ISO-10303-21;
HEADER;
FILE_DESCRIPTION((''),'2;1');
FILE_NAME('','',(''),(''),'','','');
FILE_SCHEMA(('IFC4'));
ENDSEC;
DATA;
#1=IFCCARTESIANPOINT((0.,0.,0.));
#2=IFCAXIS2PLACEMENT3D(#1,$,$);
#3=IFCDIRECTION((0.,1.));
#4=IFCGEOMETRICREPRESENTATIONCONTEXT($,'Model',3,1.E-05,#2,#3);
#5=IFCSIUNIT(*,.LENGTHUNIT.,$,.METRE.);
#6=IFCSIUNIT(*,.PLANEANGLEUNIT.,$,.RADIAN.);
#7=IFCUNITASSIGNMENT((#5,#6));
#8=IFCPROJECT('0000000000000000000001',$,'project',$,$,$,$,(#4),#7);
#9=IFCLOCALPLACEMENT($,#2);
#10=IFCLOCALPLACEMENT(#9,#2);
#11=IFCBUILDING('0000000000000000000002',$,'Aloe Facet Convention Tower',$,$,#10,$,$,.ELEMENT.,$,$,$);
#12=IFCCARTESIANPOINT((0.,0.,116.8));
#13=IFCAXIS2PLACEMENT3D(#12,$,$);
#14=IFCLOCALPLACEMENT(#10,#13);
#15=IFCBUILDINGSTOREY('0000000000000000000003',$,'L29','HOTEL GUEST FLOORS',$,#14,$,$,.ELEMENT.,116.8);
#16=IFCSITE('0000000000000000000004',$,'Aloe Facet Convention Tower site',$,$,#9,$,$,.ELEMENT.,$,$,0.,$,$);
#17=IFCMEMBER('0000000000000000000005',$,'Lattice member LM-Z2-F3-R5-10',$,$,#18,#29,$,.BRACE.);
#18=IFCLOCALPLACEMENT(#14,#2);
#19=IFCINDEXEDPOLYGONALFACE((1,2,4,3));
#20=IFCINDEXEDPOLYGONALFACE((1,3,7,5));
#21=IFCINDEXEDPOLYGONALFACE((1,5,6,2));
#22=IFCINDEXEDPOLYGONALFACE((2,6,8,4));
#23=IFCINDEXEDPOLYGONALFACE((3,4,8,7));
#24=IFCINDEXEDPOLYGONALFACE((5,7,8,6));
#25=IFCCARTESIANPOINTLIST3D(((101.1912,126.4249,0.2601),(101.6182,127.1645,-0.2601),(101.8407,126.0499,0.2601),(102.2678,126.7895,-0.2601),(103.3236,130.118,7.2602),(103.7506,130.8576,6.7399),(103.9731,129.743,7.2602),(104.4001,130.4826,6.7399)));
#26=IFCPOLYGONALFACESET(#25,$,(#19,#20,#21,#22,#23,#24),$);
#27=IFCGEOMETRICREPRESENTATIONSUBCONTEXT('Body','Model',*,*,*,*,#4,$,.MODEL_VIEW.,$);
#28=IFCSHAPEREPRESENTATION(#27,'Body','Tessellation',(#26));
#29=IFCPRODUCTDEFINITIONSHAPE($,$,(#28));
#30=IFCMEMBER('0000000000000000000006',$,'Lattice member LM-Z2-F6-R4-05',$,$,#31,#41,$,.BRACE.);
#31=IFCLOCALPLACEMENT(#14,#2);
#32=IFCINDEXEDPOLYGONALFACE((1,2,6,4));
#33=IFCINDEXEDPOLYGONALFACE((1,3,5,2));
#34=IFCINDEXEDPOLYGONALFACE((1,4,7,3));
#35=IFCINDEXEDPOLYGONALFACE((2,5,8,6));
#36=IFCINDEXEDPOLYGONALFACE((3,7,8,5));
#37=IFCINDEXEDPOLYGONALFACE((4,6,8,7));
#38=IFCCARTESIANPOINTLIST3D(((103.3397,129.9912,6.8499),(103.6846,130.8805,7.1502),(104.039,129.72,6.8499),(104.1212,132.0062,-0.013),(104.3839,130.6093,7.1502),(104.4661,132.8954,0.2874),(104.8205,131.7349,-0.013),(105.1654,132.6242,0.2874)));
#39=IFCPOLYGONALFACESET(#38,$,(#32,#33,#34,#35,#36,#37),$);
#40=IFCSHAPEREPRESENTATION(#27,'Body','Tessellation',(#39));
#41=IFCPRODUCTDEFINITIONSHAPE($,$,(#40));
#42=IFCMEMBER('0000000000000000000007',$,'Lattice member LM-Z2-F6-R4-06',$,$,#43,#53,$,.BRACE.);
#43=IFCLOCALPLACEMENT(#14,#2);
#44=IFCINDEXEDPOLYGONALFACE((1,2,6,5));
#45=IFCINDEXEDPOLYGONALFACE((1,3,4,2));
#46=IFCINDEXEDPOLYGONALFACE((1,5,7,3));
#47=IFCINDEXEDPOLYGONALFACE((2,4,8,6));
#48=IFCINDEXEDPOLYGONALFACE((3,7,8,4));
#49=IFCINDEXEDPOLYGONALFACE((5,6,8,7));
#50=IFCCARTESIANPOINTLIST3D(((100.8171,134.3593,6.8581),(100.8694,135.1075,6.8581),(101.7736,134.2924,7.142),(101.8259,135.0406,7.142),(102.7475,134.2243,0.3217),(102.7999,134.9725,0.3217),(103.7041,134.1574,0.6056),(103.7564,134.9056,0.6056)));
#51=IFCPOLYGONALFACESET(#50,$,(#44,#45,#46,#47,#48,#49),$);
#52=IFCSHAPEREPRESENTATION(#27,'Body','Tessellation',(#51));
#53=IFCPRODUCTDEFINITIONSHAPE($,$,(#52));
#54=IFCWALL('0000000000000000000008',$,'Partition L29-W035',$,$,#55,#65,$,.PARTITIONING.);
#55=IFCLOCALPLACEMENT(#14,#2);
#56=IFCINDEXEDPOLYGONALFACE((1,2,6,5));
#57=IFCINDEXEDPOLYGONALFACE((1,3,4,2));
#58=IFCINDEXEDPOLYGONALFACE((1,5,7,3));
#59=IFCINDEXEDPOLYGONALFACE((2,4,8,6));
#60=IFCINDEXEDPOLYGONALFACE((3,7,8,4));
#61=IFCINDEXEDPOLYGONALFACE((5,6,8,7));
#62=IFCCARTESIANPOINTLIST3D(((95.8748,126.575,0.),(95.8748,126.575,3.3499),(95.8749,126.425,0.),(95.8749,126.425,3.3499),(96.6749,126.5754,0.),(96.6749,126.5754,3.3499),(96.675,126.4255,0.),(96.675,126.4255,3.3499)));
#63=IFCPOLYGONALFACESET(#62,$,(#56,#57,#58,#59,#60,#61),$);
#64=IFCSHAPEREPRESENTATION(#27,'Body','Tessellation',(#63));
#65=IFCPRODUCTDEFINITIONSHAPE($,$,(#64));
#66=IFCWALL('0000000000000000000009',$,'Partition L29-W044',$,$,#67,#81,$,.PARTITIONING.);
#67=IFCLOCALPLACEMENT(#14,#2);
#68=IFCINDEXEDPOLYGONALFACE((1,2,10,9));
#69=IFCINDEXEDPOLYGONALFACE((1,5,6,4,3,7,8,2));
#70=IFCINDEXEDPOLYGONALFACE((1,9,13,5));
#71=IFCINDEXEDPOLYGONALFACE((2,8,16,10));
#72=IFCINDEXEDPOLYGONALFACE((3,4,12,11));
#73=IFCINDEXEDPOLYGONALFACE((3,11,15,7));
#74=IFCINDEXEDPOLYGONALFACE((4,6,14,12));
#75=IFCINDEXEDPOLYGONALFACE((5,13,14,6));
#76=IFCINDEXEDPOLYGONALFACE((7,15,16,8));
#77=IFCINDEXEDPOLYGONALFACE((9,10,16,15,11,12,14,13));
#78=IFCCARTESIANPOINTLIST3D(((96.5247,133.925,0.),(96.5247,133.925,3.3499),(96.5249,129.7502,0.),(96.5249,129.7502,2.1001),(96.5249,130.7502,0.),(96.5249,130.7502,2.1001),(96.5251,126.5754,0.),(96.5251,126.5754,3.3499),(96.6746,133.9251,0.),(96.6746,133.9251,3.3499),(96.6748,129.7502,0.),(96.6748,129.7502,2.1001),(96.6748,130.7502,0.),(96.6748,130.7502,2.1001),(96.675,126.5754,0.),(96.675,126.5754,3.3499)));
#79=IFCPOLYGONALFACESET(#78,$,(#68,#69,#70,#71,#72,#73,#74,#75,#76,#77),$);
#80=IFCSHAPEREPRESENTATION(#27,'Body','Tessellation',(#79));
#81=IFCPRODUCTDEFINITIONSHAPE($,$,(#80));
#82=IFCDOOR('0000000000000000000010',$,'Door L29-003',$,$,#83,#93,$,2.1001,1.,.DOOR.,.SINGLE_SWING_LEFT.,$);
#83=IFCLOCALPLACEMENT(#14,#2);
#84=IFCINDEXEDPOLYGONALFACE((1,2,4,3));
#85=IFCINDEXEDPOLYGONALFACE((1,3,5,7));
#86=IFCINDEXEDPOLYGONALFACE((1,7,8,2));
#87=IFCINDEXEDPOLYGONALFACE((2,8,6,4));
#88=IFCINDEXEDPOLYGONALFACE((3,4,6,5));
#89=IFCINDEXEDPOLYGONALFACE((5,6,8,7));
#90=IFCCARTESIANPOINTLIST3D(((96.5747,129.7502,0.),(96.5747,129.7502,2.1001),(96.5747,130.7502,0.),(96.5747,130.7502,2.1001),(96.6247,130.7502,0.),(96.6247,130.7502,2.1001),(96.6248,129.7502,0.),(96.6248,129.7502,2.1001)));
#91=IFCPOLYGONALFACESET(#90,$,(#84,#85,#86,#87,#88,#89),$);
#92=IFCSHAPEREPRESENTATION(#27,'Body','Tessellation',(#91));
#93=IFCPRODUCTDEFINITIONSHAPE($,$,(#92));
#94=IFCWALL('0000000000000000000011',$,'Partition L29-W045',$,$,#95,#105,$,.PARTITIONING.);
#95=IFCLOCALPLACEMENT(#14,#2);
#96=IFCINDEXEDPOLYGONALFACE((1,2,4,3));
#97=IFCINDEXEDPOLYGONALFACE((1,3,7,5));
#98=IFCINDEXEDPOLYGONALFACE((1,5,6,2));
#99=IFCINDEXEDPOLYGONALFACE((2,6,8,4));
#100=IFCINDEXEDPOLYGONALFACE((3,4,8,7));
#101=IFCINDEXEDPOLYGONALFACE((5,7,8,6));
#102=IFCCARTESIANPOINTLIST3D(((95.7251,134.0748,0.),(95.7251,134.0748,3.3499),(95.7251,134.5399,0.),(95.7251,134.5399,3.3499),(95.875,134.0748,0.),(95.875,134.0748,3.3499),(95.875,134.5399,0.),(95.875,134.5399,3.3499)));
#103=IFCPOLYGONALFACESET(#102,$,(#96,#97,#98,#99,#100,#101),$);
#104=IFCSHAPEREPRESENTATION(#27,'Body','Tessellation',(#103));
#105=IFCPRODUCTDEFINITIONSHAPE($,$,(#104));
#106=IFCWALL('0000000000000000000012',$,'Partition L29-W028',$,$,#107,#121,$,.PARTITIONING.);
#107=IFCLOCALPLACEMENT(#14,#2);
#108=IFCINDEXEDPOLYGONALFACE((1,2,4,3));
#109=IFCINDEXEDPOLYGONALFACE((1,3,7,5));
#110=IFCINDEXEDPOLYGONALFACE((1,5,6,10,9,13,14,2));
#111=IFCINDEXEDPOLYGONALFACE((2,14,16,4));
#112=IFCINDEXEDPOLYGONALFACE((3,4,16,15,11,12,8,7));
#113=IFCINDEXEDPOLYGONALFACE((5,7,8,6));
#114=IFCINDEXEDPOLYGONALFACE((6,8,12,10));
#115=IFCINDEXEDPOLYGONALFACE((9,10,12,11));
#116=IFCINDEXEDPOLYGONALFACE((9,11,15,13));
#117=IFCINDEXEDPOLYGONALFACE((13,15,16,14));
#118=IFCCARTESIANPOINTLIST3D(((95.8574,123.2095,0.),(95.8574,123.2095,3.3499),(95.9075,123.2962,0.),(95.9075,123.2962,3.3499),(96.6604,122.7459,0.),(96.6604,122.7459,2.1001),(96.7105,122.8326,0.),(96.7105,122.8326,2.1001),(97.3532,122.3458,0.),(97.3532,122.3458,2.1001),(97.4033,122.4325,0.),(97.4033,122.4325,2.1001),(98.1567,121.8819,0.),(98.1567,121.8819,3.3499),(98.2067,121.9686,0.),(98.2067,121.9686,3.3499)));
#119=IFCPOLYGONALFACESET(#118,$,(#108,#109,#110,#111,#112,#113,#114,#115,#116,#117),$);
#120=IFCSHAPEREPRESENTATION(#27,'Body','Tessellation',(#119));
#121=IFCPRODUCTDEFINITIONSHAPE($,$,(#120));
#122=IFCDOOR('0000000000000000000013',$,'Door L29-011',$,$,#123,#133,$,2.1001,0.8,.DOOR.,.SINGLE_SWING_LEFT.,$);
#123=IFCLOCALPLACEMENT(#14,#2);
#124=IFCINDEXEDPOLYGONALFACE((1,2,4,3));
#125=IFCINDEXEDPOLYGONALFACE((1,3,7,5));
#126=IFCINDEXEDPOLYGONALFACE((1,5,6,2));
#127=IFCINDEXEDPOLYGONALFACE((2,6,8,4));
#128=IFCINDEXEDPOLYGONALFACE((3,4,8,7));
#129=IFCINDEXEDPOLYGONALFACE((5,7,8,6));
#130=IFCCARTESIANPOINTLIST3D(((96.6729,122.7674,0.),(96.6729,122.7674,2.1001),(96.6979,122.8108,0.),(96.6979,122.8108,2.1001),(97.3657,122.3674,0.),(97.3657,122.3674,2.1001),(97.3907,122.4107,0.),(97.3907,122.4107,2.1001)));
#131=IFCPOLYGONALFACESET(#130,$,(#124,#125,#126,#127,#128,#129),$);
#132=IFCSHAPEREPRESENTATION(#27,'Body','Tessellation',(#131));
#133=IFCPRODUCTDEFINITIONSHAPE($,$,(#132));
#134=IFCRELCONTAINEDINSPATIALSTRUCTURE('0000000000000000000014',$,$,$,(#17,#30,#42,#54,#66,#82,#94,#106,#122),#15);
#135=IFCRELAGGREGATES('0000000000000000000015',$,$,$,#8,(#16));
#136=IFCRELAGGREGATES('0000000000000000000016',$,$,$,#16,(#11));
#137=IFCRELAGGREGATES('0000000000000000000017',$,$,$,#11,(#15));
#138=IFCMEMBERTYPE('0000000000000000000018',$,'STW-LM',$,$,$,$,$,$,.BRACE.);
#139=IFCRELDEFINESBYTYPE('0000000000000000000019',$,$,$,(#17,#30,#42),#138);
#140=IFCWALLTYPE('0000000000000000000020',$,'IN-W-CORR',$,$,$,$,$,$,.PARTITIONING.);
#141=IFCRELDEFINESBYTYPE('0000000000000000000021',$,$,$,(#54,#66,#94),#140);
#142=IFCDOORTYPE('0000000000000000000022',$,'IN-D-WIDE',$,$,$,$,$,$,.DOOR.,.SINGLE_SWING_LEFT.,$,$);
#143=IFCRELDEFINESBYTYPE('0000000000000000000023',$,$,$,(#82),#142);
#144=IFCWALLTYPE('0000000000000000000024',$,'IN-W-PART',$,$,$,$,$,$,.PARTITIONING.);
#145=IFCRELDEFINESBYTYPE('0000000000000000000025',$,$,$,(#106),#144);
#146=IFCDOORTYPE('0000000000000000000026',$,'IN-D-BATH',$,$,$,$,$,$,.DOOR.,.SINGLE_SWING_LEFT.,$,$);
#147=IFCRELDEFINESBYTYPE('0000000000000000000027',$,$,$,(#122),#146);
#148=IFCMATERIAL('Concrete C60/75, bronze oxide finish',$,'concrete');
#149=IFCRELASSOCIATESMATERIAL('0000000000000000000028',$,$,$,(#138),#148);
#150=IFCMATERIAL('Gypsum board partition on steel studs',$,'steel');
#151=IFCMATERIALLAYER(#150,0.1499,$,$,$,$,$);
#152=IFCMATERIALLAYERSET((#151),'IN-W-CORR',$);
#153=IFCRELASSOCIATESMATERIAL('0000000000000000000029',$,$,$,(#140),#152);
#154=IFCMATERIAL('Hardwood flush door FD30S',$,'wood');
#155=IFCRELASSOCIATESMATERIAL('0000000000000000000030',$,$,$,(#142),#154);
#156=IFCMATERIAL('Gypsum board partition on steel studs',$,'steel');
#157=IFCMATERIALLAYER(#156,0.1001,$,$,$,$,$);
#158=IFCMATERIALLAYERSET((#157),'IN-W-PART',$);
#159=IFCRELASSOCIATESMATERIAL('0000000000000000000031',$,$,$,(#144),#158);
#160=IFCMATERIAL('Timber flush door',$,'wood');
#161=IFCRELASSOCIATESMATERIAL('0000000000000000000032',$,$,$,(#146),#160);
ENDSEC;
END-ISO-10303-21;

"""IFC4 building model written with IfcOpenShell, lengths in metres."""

from ifc_helpers import new_model, si_unit, direction, frame, frame_2d, origin, origin_2d, place, context, subcontext, project, spatial, rectangle, extrude, material, layer, layer_set, material_profile, profile_set, type_object, element, fill, save


model = new_model("IFC4")

# Units and contexts
model_context = context("Model", 3, precision=1e-05, world=origin(), true_north=direction((0.0, 1.0)))
body_context = subcontext(model_context, "Body", "Model", "MODEL_VIEW")
ifc_project = project(units=[si_unit("LENGTHUNIT", "METRE"), si_unit("PLANEANGLEUNIT", "RADIAN")], contexts=[model_context])

# Site, building, storey
site_placement = place(None, origin())
site = spatial("IfcSite", under=ifc_project, at=site_placement, Name="Aloe Facet Convention Tower site", CompositionType="ELEMENT", RefElevation=0.0)
building_placement = place(site_placement, origin())
building = spatial("IfcBuilding", under=site, at=building_placement, Name="Aloe Facet Convention Tower", CompositionType="ELEMENT")
storey_placement = place(building_placement, frame((0.0, 0.0, 116.8)))
storey = spatial("IfcBuildingStorey", under=building, at=storey_placement, Name="L29", Description="HOTEL GUEST FLOORS", CompositionType="ELEMENT", Elevation=116.8)

# Members
ifc_material_1 = material(Name="Concrete C60/75, bronze oxide finish", Category="concrete")
ifc_material_profile_1 = material_profile(ifc_material_1, rectangle(XDim=0.75, YDim=1.0, at=origin_2d()), Name="STW-LM")
ifc_profile_set_1 = profile_set([ifc_material_profile_1], Name="Concrete C60/75, bronze oxide finish")
member_type = type_object("IfcMemberType", Name="STW-LM", PredefinedType="BRACE", material=ifc_profile_set_1)
member_1_placement = place(storey_placement, frame((101.7295, 126.6072, 0.0), z_axis=(0.260144, 0.450561, 0.854002), x_axis=(-0.866015, 0.500018, 0.0)))
element("IfcMember", 1, at=member_1_placement, inside=storey, type_object=member_type, Name="Lattice member LM-Z2-F3-R5-10", PredefinedType="BRACE", context=body_context, shape_type="SweptSolid", body=[
    extrude(rectangle(XDim=0.75, YDim=1.0, at=origin_2d()), origin(), (0.0, 0.0, 1.0), 8.1968),
])
member_2_placement = place(storey_placement, frame((104.6433, 132.3152, 0.1372), z_axis=(-0.108616, -0.28004, 0.953824), x_axis=(0.932329, -0.361612, 0.0)))
element("IfcMember", 2, at=member_2_placement, inside=storey, type_object=member_type, Name="Lattice member LM-Z2-F6-R4-05", PredefinedType="BRACE", context=body_context, shape_type="SweptSolid", body=[
    extrude(rectangle(XDim=0.75, YDim=1.0, at=origin_2d()), origin(), (0.0, 0.0, 1.0), 7.1951),
])
member_3_placement = place(storey_placement, frame((103.252, 134.5649, 0.4636), z_axis=(-0.283185, 0.019805, 0.958861), x_axis=(-0.069768, -0.997563, 0.0)))
element("IfcMember", 3, at=member_3_placement, inside=storey, type_object=member_type, Name="Lattice member LM-Z2-F6-R4-06", PredefinedType="BRACE", context=body_context, shape_type="SweptSolid", body=[
    extrude(rectangle(XDim=0.75, YDim=1.0, at=origin_2d()), origin(), (0.0, 0.0, 1.0), 6.8169),
])

# Wall
ifc_material_2 = material(Name="Gypsum board partition on steel studs", Category="steel")
ifc_layer_1 = layer(ifc_material_2, 0.1499)
ifc_layer_set_1 = layer_set([ifc_layer_1], Name="IN-W-CORR")
wall_type_1 = type_object("IfcWallType", Name="IN-W-CORR", PredefinedType="PARTITIONING", material=ifc_layer_set_1)
wall_1_placement = place(storey_placement, frame((95.875, 126.5, 0.0), z_axis=(0.0, 0.0, 1.0), x_axis=(1.0, 0.00061, 0.0)))
element("IfcWall", 4, at=wall_1_placement, inside=storey, type_object=wall_type_1, Name="Partition L29-W035", PredefinedType="PARTITIONING", context=body_context, shape_type="SweptSolid", body=[
    extrude(rectangle(XDim=0.8, YDim=0.1499, at=frame_2d((0.3999, 0.0))), origin(), (0.0, 0.0, 1.0), 3.3499),
])

# Wall, opening, door
wall_2_placement = place(storey_placement, frame((96.5996, 133.925, 0.0), z_axis=(0.0, 0.0, 1.0), x_axis=(0.000066, -1.0, 0.0)))
wall_2 = element("IfcWall", 5, at=wall_2_placement, inside=storey, type_object=wall_type_1, Name="Partition L29-W044", PredefinedType="PARTITIONING", context=body_context, shape_type="SweptSolid", body=[
    extrude(rectangle(XDim=7.3496, YDim=0.1499, at=frame_2d((3.6748, 0.0))), origin(), (0.0, 0.0, 1.0), 3.3499),
])
opening_1_placement = place(wall_2_placement, frame((3.1748, 0.0, 0.0)))
opening_1 = element("IfcOpeningElement", 6, at=opening_1_placement, cuts=wall_2, PredefinedType="OPENING", context=body_context, shape_type="SweptSolid", body=[
    extrude(rectangle(XDim=1.0, YDim=2.1001, at=frame_2d((0.5, 1.05))), frame((0.0, 0.085, 0.0), z_axis=(0.0, -1.0, 0.0), x_axis=(1.0, 0.0, 0.0)), (0.0, 0.0, 1.0), 0.1699),
])
ifc_material_3 = material(Name="Hardwood flush door FD30S", Category="wood")
door_type_1 = type_object("IfcDoorType", Name="IN-D-WIDE", OperationType="SINGLE_SWING_LEFT", PredefinedType="DOOR", material=ifc_material_3)
door_1_placement = place(opening_1_placement, origin())
door_1 = element("IfcDoor", 7, at=door_1_placement, inside=storey, type_object=door_type_1, Name="Door L29-003", OperationType="SINGLE_SWING_LEFT", OverallHeight=2.1001, OverallWidth=1.0, PredefinedType="DOOR", context=body_context, shape_type="SweptSolid", body=[
    extrude(rectangle(XDim=1.0, YDim=2.1001, at=frame_2d((0.5, 1.05))), frame((0.0, 0.0249, 0.0), z_axis=(0.0, -1.0, 0.0), x_axis=(1.0, 0.0, 0.0)), (0.0, 0.0, 1.0), 0.05),
])
fill(opening_1, door_1)

# Wall
wall_3_placement = place(storey_placement, frame((95.8, 134.075, 0.0), z_axis=(0.0, 0.0, 1.0), x_axis=(0.0, 1.0, 0.0)))
element("IfcWall", 8, at=wall_3_placement, inside=storey, type_object=wall_type_1, Name="Partition L29-W045", PredefinedType="PARTITIONING", context=body_context, shape_type="SweptSolid", body=[
    extrude(rectangle(XDim=0.4651, YDim=0.1499, at=frame_2d((0.2324, 0.0))), origin(), (0.0, 0.0, 1.0), 3.3499),
])

# Wall, opening, door
ifc_material_4 = material(Name="Gypsum board partition on steel studs", Category="steel")
ifc_layer_2 = layer(ifc_material_4, 0.1001)
ifc_layer_set_2 = layer_set([ifc_layer_2], Name="IN-W-PART")
wall_type_2 = type_object("IfcWallType", Name="IN-W-PART", PredefinedType="PARTITIONING", material=ifc_layer_set_2)
wall_4_placement = place(storey_placement, frame((95.8823, 123.2529, 0.0), z_axis=(0.0, 0.0, 1.0), x_axis=(0.866005, -0.500036, 0.0)))
wall_4 = element("IfcWall", 9, at=wall_4_placement, inside=storey, type_object=wall_type_2, Name="Partition L29-W028", PredefinedType="PARTITIONING", context=body_context, shape_type="SweptSolid", body=[
    extrude(rectangle(XDim=2.655, YDim=0.1001, at=frame_2d((1.3276, 0.0))), origin(), (0.0, 0.0, 1.0), 3.3499),
])
opening_2_placement = place(wall_4_placement, frame((0.9275, 0.0, 0.0)))
opening_2 = element("IfcOpeningElement", 10, at=opening_2_placement, cuts=wall_4, PredefinedType="OPENING", context=body_context, shape_type="SweptSolid", body=[
    extrude(rectangle(XDim=0.8, YDim=2.1001, at=frame_2d((0.3999, 1.05))), frame((0.0, 0.0601, 0.0), z_axis=(0.0, -1.0, 0.0), x_axis=(1.0, 0.0, 0.0)), (0.0, 0.0, 1.0), 0.1201),
])
ifc_material_5 = material(Name="Timber flush door", Category="wood")
door_type_2 = type_object("IfcDoorType", Name="IN-D-BATH", OperationType="SINGLE_SWING_LEFT", PredefinedType="DOOR", material=ifc_material_5)
door_2_placement = place(opening_2_placement, origin())
door_2 = element("IfcDoor", 11, at=door_2_placement, inside=storey, type_object=door_type_2, Name="Door L29-011", OperationType="SINGLE_SWING_LEFT", OverallHeight=2.1001, OverallWidth=0.8, PredefinedType="DOOR", context=body_context, shape_type="SweptSolid", body=[
    extrude(rectangle(XDim=0.8, YDim=2.1001, at=frame_2d((0.3999, 1.05))), frame((0.0, 0.0249, 0.0), z_axis=(0.0, -1.0, 0.0), x_axis=(1.0, 0.0, 0.0)), (0.0, 0.0, 1.0), 0.05),
])
fill(opening_2, door_2)

save(model, "model.ifc")
